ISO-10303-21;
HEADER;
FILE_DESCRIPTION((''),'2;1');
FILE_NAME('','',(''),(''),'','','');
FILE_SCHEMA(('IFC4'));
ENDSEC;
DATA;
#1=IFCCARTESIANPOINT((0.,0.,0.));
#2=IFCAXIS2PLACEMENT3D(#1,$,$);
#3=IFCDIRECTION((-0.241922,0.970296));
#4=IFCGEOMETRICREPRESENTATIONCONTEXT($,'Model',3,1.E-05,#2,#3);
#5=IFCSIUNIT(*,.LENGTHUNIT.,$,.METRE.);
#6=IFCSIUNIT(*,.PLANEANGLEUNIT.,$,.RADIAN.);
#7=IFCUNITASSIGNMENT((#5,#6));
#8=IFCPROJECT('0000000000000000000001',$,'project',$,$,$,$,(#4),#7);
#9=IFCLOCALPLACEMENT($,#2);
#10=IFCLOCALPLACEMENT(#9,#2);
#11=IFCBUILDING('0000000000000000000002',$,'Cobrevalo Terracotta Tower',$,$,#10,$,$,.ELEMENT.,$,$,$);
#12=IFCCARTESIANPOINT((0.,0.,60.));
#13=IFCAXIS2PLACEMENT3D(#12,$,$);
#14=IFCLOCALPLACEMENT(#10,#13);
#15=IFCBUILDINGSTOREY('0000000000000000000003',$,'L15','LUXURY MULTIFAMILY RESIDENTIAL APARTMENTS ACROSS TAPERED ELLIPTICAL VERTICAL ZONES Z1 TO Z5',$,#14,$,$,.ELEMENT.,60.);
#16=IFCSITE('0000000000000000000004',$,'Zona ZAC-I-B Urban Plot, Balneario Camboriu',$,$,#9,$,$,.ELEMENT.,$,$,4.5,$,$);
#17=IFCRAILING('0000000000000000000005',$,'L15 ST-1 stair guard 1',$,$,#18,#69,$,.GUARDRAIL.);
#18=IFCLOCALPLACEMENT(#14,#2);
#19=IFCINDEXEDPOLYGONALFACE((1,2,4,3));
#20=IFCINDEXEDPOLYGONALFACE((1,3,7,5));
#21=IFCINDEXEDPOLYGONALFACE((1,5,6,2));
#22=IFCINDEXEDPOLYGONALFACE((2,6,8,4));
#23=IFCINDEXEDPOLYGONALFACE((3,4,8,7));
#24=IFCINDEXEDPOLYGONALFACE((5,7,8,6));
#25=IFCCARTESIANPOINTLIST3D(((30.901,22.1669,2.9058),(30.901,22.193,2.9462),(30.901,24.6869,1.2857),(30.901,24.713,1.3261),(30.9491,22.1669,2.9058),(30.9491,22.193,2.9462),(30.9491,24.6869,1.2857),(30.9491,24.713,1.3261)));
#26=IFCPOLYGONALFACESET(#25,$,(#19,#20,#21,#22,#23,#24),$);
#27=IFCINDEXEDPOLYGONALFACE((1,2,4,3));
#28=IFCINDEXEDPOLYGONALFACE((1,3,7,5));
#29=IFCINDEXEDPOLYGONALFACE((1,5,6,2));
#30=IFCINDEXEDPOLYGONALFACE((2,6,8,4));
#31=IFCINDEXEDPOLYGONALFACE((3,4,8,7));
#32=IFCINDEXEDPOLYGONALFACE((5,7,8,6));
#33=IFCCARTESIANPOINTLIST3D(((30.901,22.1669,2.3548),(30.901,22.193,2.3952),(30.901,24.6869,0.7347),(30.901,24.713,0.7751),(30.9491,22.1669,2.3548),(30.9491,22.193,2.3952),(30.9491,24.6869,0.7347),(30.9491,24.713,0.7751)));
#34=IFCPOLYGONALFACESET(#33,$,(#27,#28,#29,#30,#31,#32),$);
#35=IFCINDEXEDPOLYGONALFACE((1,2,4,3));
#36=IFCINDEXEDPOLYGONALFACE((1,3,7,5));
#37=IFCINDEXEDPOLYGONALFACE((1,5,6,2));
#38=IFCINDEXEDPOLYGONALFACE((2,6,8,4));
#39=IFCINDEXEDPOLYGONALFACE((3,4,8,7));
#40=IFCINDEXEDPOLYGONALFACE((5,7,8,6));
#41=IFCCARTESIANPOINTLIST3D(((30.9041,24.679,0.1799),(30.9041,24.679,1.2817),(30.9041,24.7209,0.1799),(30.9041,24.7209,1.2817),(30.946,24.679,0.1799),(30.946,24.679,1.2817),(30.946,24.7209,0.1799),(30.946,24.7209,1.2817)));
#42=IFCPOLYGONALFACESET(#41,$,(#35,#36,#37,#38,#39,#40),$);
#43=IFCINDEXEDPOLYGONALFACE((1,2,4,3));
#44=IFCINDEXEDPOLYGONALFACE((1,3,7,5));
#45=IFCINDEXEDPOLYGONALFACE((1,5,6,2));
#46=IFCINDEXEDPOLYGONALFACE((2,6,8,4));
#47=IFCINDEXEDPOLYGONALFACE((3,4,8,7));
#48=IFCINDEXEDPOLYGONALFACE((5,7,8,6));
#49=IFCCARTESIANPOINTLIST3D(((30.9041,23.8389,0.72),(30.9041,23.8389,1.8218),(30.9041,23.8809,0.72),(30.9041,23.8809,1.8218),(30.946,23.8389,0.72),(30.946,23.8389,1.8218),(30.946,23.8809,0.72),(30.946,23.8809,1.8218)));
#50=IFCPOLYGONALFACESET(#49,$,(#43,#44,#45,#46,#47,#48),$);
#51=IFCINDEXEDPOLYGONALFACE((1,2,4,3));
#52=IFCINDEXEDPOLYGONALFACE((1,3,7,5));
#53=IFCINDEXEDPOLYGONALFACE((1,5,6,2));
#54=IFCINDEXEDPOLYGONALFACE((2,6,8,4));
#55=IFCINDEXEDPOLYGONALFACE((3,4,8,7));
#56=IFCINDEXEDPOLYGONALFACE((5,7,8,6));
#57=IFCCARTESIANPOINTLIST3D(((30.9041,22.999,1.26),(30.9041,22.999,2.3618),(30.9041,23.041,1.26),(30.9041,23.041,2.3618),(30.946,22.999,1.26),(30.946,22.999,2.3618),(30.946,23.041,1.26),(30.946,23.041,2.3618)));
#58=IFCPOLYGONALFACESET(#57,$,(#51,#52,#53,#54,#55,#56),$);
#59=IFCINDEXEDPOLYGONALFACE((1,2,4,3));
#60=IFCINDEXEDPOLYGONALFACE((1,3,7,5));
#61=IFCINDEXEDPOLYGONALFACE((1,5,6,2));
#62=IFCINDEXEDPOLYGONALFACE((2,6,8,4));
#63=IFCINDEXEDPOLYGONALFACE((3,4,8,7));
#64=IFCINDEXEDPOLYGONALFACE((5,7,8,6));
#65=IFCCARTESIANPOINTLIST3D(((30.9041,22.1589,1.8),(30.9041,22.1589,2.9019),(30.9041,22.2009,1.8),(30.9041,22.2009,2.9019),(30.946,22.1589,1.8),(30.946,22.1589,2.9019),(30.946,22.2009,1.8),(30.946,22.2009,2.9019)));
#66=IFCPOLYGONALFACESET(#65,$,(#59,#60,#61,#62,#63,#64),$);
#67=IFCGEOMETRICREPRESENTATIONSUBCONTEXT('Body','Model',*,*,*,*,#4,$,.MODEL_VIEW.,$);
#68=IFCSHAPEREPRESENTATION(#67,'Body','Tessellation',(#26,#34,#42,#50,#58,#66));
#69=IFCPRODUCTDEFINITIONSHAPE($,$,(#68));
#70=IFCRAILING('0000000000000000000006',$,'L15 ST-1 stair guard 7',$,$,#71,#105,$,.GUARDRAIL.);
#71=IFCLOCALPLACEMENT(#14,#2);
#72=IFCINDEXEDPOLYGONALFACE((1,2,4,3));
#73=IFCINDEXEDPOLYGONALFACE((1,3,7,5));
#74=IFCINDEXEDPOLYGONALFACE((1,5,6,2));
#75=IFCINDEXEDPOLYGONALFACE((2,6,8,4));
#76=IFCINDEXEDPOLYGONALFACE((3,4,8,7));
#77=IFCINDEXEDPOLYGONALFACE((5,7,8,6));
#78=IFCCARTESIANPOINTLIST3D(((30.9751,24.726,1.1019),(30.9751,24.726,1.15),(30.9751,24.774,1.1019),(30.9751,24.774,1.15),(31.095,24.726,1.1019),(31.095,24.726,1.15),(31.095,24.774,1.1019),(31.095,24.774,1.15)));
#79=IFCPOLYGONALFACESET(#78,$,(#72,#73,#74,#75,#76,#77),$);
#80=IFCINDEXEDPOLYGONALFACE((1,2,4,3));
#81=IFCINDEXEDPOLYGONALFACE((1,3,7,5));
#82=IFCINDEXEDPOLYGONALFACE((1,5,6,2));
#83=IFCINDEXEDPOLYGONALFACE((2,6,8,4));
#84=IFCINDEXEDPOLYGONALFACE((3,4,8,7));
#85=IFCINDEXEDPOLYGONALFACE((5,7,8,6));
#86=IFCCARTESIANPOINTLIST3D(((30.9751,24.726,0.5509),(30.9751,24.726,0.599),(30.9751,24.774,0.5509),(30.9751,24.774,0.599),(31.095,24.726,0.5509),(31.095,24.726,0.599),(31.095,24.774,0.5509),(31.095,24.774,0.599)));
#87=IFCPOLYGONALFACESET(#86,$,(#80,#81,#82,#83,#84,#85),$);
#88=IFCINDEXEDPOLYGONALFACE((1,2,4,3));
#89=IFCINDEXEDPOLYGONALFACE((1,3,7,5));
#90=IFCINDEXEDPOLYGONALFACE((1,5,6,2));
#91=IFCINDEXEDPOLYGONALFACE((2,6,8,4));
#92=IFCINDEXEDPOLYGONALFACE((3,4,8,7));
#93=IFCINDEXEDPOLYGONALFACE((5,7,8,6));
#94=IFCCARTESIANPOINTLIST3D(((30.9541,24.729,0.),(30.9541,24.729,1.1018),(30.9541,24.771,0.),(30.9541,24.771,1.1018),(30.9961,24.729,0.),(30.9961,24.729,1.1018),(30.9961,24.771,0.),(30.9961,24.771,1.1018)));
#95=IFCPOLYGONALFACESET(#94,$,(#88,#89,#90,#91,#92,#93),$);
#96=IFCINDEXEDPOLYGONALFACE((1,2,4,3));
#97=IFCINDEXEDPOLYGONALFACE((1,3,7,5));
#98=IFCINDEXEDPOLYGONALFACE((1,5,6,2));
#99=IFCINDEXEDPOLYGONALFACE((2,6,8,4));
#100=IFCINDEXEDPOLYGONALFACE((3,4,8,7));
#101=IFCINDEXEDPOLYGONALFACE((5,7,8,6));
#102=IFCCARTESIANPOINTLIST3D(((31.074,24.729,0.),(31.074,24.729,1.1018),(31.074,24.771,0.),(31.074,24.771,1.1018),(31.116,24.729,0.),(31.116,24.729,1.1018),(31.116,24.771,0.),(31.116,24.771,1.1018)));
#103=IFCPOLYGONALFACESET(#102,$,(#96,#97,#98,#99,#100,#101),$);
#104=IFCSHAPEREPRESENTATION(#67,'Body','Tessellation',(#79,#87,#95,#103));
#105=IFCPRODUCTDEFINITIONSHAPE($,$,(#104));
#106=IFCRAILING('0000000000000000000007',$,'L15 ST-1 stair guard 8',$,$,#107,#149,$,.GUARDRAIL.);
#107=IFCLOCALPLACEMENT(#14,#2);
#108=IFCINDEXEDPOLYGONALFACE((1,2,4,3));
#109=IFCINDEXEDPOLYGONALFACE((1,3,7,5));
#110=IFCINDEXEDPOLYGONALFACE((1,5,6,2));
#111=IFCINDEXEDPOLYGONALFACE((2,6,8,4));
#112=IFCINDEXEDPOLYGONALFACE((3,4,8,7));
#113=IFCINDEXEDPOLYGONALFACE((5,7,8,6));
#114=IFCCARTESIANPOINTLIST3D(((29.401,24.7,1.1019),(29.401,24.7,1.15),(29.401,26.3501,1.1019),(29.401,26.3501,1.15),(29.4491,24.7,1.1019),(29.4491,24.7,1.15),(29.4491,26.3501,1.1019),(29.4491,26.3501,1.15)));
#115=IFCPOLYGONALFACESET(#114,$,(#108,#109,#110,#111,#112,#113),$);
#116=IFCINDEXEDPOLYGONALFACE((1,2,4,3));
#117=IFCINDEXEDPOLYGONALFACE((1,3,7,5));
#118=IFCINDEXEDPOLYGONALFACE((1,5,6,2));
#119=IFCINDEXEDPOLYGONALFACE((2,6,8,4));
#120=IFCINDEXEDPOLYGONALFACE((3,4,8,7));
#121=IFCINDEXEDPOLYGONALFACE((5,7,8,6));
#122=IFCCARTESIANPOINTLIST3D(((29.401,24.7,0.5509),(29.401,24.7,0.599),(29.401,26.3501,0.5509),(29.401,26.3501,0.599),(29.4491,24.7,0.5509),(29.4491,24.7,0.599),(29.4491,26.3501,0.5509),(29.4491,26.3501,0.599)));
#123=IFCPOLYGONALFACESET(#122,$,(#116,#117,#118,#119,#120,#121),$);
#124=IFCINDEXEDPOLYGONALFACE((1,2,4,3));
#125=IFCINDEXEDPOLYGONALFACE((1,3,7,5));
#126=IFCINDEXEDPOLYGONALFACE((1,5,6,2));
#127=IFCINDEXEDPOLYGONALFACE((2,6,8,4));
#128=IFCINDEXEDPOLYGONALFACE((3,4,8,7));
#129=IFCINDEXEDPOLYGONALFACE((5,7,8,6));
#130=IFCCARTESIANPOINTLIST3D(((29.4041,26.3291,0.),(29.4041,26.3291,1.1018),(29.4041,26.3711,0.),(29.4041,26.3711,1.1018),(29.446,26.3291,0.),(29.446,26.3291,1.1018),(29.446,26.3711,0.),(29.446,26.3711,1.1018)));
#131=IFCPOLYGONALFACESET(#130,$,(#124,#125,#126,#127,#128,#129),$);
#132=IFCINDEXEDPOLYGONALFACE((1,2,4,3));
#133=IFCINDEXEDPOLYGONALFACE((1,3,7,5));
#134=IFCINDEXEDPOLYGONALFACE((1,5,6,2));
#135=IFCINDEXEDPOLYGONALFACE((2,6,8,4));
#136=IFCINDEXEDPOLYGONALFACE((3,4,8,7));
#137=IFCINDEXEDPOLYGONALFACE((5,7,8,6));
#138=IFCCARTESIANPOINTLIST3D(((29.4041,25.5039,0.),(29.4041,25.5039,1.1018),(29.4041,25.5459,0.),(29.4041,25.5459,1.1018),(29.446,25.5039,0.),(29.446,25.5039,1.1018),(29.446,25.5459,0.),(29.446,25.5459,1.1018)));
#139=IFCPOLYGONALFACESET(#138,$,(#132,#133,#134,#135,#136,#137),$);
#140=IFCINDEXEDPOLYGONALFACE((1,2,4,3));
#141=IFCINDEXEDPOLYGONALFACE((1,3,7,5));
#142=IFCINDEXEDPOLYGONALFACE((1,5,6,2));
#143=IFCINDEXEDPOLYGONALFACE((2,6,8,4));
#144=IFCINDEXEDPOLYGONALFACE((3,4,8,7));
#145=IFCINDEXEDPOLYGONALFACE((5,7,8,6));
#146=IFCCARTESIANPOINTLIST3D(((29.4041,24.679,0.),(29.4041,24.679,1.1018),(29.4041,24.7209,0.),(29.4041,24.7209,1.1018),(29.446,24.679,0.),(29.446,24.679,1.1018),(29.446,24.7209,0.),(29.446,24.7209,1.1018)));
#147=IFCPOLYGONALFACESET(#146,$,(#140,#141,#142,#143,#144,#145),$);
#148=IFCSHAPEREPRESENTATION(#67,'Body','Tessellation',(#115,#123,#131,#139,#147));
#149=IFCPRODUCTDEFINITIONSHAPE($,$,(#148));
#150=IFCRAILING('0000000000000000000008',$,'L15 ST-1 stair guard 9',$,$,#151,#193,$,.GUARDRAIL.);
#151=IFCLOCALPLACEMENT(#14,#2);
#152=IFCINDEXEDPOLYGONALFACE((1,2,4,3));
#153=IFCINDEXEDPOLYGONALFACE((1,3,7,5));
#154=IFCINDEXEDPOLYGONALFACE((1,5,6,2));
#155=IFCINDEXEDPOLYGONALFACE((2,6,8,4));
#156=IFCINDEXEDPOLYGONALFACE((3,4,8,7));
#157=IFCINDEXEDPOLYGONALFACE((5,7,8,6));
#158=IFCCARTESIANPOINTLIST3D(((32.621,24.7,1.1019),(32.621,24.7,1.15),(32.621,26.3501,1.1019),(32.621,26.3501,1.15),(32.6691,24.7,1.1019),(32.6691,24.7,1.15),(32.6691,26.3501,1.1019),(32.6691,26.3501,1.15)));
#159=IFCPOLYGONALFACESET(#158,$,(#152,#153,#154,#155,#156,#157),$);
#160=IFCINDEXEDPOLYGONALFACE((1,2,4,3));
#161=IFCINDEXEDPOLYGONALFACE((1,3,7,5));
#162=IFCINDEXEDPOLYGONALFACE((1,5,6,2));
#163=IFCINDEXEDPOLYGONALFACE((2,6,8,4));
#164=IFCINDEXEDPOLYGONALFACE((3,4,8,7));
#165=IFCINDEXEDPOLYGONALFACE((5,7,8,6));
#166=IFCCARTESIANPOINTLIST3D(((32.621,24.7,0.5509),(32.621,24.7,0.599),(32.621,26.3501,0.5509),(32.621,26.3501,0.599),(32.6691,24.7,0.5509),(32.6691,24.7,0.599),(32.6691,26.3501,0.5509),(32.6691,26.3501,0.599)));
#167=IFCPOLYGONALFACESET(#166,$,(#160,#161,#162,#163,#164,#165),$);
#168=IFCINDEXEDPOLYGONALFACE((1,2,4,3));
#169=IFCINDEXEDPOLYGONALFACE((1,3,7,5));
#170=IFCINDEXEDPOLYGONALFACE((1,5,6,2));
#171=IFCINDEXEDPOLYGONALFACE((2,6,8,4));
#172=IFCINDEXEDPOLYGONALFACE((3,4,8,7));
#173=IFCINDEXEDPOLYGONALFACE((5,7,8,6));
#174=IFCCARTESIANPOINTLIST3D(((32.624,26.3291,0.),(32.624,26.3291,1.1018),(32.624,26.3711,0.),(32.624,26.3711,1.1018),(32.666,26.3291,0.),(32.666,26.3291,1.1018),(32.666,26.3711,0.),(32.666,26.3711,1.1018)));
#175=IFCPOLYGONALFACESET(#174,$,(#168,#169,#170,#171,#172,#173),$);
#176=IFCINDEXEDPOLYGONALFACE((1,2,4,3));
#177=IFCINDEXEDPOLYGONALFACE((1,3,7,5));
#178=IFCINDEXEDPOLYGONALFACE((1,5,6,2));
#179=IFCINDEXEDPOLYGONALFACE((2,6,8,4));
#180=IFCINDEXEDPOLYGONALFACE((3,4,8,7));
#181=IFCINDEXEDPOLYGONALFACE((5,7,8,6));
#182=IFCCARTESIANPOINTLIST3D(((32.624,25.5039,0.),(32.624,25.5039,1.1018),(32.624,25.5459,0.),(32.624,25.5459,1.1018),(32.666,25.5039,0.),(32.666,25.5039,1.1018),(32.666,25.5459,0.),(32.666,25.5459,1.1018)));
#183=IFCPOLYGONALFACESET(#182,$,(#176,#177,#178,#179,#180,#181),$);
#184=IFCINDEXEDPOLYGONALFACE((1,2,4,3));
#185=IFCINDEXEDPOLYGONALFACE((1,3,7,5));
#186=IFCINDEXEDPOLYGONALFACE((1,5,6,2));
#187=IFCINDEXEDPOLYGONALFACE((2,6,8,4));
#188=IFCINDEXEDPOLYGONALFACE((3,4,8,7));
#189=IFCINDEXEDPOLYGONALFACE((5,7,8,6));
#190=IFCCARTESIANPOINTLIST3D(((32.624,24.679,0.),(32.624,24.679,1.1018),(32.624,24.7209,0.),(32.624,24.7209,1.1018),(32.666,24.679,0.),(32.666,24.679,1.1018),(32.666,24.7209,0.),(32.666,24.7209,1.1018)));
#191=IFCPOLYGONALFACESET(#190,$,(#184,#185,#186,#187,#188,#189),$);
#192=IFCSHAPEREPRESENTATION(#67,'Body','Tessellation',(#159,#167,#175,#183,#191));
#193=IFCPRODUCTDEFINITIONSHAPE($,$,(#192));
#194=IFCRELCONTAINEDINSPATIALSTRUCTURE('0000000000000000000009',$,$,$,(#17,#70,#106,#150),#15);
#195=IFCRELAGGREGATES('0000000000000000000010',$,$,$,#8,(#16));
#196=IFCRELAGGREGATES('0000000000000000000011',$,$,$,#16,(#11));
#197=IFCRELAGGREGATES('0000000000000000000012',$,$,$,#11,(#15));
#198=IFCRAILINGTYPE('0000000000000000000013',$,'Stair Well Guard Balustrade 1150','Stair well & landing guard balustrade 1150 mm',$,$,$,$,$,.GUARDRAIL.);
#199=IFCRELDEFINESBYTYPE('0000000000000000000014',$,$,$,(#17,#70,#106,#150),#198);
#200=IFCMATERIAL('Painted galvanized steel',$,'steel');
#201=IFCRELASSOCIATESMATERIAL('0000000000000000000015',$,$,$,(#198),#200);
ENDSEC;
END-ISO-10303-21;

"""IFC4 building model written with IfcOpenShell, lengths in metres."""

from ifc_helpers import new_model, si_unit, direction, frame, origin, origin_2d, place, context, subcontext, project, spatial, rectangle, extrude, material, type_object, element, save


model = new_model("IFC4")

# Units and contexts
model_context = context("Model", 3, precision=1e-05, world=origin(), true_north=direction((-0.241922, 0.970296)))
body_context = subcontext(model_context, "Body", "Model", "MODEL_VIEW")
ifc_project = project(units=[si_unit("LENGTHUNIT", "METRE"), si_unit("PLANEANGLEUNIT", "RADIAN")], contexts=[model_context])

# Site, building, storey
site_placement = place(None, origin())
site = spatial("IfcSite", under=ifc_project, at=site_placement, Name="Zona ZAC-I-B Urban Plot, Balneario Camboriu", CompositionType="ELEMENT", RefElevation=4.5)
building_placement = place(site_placement, origin())
building = spatial("IfcBuilding", under=site, at=building_placement, Name="Cobrevalo Terracotta Tower", CompositionType="ELEMENT")
storey_placement = place(building_placement, frame((0.0, 0.0, 60.0)))
storey = spatial("IfcBuildingStorey", under=building, at=storey_placement, Name="L15", Description="LUXURY MULTIFAMILY RESIDENTIAL APARTMENTS ACROSS TAPERED ELLIPTICAL VERTICAL ZONES Z1 TO Z5", CompositionType="ELEMENT", Elevation=60.0)

# Railings
ifc_material_1 = material(Name="Painted galvanized steel", Category="steel")
railing_type_1 = type_object("IfcRailingType", Name="Stair Well Guard Balustrade 1150", Description="Stair well & landing guard balustrade 1150 mm", PredefinedType="GUARDRAIL", material=ifc_material_1)
railing_1_placement = place(storey_placement, frame((30.925, 24.7, 0.1799)))
element("IfcRailing", 1, at=railing_1_placement, inside=storey, type_object=railing_type_1, Name="L15 ST-1 stair guard 1", PredefinedType="GUARDRAIL", context=body_context, shape_type="SweptSolid", body=[
    extrude(rectangle(XDim=0.0481, YDim=0.0481, at=origin_2d()), frame((0.0, 0.0, 1.126), z_axis=(0.0, -0.841163, 0.540782), x_axis=(1.0, 0.0, 0.0)), (0.0, 0.0, 1.0), 2.9958),
    extrude(rectangle(XDim=0.0481, YDim=0.0481, at=origin_2d()), frame((0.0, 0.0, 0.575), z_axis=(0.0, -0.841163, 0.540782), x_axis=(1.0, 0.0, 0.0)), (0.0, 0.0, 1.0), 2.9958),
    extrude(rectangle(XDim=0.042, YDim=0.042, at=origin_2d()), origin(), (0.0, 0.0, 1.0), 1.1018),
    extrude(rectangle(XDim=0.042, YDim=0.042, at=origin_2d()), frame((0.0, -0.8401, 0.54)), (0.0, 0.0, 1.0), 1.1018),
    extrude(rectangle(XDim=0.042, YDim=0.042, at=origin_2d()), frame((0.0, -1.6799, 1.0801)), (0.0, 0.0, 1.0), 1.1018),
    extrude(rectangle(XDim=0.042, YDim=0.042, at=origin_2d()), frame((0.0, -2.52, 1.6201)), (0.0, 0.0, 1.0), 1.1018),
])
railing_2_placement = place(storey_placement, frame((30.9751, 24.75, 0.0)))
element("IfcRailing", 2, at=railing_2_placement, inside=storey, type_object=railing_type_1, Name="L15 ST-1 stair guard 7", PredefinedType="GUARDRAIL", context=body_context, shape_type="SweptSolid", body=[
    extrude(rectangle(XDim=0.0481, YDim=0.0481, at=origin_2d()), frame((0.0, 0.0, 1.126), z_axis=(1.0, 0.0, 0.0), x_axis=(0.0, 1.0, 0.0)), (0.0, 0.0, 1.0), 0.1199),
    extrude(rectangle(XDim=0.0481, YDim=0.0481, at=origin_2d()), frame((0.0, 0.0, 0.575), z_axis=(1.0, 0.0, 0.0), x_axis=(0.0, 1.0, 0.0)), (0.0, 0.0, 1.0), 0.1199),
    extrude(rectangle(XDim=0.042, YDim=0.042, at=origin_2d()), origin(), (0.0, 0.0, 1.0), 1.1018),
    extrude(rectangle(XDim=0.042, YDim=0.042, at=origin_2d()), frame((0.1199, 0.0, 0.0)), (0.0, 0.0, 1.0), 1.1018),
])
for number, where, name in (
    (3, (29.425, 26.3501, 0.0), "L15 ST-1 stair guard 8"),
    (4, (32.645, 26.3501, 0.0), "L15 ST-1 stair guard 9"),
):
    element("IfcRailing", number, at=place(storey_placement, frame(where)), inside=storey, type_object=railing_type_1, Name=name, PredefinedType="GUARDRAIL", context=body_context, shape_type="SweptSolid", body=[
        extrude(rectangle(XDim=0.0481, YDim=0.0481, at=origin_2d()), frame((0.0, 0.0, 1.126), z_axis=(0.0, -1.0, 0.0), x_axis=(1.0, 0.0, 0.0)), (0.0, 0.0, 1.0), 1.6501),
        extrude(rectangle(XDim=0.0481, YDim=0.0481, at=origin_2d()), frame((0.0, 0.0, 0.575), z_axis=(0.0, -1.0, 0.0), x_axis=(1.0, 0.0, 0.0)), (0.0, 0.0, 1.0), 1.6501),
        extrude(rectangle(XDim=0.042, YDim=0.042, at=origin_2d()), origin(), (0.0, 0.0, 1.0), 1.1018),
        extrude(rectangle(XDim=0.042, YDim=0.042, at=origin_2d()), frame((0.0, -0.8252, 0.0)), (0.0, 0.0, 1.0), 1.1018),
        extrude(rectangle(XDim=0.042, YDim=0.042, at=origin_2d()), frame((0.0, -1.6501, 0.0)), (0.0, 0.0, 1.0), 1.1018),
    ])

save(model, "model.ifc")
